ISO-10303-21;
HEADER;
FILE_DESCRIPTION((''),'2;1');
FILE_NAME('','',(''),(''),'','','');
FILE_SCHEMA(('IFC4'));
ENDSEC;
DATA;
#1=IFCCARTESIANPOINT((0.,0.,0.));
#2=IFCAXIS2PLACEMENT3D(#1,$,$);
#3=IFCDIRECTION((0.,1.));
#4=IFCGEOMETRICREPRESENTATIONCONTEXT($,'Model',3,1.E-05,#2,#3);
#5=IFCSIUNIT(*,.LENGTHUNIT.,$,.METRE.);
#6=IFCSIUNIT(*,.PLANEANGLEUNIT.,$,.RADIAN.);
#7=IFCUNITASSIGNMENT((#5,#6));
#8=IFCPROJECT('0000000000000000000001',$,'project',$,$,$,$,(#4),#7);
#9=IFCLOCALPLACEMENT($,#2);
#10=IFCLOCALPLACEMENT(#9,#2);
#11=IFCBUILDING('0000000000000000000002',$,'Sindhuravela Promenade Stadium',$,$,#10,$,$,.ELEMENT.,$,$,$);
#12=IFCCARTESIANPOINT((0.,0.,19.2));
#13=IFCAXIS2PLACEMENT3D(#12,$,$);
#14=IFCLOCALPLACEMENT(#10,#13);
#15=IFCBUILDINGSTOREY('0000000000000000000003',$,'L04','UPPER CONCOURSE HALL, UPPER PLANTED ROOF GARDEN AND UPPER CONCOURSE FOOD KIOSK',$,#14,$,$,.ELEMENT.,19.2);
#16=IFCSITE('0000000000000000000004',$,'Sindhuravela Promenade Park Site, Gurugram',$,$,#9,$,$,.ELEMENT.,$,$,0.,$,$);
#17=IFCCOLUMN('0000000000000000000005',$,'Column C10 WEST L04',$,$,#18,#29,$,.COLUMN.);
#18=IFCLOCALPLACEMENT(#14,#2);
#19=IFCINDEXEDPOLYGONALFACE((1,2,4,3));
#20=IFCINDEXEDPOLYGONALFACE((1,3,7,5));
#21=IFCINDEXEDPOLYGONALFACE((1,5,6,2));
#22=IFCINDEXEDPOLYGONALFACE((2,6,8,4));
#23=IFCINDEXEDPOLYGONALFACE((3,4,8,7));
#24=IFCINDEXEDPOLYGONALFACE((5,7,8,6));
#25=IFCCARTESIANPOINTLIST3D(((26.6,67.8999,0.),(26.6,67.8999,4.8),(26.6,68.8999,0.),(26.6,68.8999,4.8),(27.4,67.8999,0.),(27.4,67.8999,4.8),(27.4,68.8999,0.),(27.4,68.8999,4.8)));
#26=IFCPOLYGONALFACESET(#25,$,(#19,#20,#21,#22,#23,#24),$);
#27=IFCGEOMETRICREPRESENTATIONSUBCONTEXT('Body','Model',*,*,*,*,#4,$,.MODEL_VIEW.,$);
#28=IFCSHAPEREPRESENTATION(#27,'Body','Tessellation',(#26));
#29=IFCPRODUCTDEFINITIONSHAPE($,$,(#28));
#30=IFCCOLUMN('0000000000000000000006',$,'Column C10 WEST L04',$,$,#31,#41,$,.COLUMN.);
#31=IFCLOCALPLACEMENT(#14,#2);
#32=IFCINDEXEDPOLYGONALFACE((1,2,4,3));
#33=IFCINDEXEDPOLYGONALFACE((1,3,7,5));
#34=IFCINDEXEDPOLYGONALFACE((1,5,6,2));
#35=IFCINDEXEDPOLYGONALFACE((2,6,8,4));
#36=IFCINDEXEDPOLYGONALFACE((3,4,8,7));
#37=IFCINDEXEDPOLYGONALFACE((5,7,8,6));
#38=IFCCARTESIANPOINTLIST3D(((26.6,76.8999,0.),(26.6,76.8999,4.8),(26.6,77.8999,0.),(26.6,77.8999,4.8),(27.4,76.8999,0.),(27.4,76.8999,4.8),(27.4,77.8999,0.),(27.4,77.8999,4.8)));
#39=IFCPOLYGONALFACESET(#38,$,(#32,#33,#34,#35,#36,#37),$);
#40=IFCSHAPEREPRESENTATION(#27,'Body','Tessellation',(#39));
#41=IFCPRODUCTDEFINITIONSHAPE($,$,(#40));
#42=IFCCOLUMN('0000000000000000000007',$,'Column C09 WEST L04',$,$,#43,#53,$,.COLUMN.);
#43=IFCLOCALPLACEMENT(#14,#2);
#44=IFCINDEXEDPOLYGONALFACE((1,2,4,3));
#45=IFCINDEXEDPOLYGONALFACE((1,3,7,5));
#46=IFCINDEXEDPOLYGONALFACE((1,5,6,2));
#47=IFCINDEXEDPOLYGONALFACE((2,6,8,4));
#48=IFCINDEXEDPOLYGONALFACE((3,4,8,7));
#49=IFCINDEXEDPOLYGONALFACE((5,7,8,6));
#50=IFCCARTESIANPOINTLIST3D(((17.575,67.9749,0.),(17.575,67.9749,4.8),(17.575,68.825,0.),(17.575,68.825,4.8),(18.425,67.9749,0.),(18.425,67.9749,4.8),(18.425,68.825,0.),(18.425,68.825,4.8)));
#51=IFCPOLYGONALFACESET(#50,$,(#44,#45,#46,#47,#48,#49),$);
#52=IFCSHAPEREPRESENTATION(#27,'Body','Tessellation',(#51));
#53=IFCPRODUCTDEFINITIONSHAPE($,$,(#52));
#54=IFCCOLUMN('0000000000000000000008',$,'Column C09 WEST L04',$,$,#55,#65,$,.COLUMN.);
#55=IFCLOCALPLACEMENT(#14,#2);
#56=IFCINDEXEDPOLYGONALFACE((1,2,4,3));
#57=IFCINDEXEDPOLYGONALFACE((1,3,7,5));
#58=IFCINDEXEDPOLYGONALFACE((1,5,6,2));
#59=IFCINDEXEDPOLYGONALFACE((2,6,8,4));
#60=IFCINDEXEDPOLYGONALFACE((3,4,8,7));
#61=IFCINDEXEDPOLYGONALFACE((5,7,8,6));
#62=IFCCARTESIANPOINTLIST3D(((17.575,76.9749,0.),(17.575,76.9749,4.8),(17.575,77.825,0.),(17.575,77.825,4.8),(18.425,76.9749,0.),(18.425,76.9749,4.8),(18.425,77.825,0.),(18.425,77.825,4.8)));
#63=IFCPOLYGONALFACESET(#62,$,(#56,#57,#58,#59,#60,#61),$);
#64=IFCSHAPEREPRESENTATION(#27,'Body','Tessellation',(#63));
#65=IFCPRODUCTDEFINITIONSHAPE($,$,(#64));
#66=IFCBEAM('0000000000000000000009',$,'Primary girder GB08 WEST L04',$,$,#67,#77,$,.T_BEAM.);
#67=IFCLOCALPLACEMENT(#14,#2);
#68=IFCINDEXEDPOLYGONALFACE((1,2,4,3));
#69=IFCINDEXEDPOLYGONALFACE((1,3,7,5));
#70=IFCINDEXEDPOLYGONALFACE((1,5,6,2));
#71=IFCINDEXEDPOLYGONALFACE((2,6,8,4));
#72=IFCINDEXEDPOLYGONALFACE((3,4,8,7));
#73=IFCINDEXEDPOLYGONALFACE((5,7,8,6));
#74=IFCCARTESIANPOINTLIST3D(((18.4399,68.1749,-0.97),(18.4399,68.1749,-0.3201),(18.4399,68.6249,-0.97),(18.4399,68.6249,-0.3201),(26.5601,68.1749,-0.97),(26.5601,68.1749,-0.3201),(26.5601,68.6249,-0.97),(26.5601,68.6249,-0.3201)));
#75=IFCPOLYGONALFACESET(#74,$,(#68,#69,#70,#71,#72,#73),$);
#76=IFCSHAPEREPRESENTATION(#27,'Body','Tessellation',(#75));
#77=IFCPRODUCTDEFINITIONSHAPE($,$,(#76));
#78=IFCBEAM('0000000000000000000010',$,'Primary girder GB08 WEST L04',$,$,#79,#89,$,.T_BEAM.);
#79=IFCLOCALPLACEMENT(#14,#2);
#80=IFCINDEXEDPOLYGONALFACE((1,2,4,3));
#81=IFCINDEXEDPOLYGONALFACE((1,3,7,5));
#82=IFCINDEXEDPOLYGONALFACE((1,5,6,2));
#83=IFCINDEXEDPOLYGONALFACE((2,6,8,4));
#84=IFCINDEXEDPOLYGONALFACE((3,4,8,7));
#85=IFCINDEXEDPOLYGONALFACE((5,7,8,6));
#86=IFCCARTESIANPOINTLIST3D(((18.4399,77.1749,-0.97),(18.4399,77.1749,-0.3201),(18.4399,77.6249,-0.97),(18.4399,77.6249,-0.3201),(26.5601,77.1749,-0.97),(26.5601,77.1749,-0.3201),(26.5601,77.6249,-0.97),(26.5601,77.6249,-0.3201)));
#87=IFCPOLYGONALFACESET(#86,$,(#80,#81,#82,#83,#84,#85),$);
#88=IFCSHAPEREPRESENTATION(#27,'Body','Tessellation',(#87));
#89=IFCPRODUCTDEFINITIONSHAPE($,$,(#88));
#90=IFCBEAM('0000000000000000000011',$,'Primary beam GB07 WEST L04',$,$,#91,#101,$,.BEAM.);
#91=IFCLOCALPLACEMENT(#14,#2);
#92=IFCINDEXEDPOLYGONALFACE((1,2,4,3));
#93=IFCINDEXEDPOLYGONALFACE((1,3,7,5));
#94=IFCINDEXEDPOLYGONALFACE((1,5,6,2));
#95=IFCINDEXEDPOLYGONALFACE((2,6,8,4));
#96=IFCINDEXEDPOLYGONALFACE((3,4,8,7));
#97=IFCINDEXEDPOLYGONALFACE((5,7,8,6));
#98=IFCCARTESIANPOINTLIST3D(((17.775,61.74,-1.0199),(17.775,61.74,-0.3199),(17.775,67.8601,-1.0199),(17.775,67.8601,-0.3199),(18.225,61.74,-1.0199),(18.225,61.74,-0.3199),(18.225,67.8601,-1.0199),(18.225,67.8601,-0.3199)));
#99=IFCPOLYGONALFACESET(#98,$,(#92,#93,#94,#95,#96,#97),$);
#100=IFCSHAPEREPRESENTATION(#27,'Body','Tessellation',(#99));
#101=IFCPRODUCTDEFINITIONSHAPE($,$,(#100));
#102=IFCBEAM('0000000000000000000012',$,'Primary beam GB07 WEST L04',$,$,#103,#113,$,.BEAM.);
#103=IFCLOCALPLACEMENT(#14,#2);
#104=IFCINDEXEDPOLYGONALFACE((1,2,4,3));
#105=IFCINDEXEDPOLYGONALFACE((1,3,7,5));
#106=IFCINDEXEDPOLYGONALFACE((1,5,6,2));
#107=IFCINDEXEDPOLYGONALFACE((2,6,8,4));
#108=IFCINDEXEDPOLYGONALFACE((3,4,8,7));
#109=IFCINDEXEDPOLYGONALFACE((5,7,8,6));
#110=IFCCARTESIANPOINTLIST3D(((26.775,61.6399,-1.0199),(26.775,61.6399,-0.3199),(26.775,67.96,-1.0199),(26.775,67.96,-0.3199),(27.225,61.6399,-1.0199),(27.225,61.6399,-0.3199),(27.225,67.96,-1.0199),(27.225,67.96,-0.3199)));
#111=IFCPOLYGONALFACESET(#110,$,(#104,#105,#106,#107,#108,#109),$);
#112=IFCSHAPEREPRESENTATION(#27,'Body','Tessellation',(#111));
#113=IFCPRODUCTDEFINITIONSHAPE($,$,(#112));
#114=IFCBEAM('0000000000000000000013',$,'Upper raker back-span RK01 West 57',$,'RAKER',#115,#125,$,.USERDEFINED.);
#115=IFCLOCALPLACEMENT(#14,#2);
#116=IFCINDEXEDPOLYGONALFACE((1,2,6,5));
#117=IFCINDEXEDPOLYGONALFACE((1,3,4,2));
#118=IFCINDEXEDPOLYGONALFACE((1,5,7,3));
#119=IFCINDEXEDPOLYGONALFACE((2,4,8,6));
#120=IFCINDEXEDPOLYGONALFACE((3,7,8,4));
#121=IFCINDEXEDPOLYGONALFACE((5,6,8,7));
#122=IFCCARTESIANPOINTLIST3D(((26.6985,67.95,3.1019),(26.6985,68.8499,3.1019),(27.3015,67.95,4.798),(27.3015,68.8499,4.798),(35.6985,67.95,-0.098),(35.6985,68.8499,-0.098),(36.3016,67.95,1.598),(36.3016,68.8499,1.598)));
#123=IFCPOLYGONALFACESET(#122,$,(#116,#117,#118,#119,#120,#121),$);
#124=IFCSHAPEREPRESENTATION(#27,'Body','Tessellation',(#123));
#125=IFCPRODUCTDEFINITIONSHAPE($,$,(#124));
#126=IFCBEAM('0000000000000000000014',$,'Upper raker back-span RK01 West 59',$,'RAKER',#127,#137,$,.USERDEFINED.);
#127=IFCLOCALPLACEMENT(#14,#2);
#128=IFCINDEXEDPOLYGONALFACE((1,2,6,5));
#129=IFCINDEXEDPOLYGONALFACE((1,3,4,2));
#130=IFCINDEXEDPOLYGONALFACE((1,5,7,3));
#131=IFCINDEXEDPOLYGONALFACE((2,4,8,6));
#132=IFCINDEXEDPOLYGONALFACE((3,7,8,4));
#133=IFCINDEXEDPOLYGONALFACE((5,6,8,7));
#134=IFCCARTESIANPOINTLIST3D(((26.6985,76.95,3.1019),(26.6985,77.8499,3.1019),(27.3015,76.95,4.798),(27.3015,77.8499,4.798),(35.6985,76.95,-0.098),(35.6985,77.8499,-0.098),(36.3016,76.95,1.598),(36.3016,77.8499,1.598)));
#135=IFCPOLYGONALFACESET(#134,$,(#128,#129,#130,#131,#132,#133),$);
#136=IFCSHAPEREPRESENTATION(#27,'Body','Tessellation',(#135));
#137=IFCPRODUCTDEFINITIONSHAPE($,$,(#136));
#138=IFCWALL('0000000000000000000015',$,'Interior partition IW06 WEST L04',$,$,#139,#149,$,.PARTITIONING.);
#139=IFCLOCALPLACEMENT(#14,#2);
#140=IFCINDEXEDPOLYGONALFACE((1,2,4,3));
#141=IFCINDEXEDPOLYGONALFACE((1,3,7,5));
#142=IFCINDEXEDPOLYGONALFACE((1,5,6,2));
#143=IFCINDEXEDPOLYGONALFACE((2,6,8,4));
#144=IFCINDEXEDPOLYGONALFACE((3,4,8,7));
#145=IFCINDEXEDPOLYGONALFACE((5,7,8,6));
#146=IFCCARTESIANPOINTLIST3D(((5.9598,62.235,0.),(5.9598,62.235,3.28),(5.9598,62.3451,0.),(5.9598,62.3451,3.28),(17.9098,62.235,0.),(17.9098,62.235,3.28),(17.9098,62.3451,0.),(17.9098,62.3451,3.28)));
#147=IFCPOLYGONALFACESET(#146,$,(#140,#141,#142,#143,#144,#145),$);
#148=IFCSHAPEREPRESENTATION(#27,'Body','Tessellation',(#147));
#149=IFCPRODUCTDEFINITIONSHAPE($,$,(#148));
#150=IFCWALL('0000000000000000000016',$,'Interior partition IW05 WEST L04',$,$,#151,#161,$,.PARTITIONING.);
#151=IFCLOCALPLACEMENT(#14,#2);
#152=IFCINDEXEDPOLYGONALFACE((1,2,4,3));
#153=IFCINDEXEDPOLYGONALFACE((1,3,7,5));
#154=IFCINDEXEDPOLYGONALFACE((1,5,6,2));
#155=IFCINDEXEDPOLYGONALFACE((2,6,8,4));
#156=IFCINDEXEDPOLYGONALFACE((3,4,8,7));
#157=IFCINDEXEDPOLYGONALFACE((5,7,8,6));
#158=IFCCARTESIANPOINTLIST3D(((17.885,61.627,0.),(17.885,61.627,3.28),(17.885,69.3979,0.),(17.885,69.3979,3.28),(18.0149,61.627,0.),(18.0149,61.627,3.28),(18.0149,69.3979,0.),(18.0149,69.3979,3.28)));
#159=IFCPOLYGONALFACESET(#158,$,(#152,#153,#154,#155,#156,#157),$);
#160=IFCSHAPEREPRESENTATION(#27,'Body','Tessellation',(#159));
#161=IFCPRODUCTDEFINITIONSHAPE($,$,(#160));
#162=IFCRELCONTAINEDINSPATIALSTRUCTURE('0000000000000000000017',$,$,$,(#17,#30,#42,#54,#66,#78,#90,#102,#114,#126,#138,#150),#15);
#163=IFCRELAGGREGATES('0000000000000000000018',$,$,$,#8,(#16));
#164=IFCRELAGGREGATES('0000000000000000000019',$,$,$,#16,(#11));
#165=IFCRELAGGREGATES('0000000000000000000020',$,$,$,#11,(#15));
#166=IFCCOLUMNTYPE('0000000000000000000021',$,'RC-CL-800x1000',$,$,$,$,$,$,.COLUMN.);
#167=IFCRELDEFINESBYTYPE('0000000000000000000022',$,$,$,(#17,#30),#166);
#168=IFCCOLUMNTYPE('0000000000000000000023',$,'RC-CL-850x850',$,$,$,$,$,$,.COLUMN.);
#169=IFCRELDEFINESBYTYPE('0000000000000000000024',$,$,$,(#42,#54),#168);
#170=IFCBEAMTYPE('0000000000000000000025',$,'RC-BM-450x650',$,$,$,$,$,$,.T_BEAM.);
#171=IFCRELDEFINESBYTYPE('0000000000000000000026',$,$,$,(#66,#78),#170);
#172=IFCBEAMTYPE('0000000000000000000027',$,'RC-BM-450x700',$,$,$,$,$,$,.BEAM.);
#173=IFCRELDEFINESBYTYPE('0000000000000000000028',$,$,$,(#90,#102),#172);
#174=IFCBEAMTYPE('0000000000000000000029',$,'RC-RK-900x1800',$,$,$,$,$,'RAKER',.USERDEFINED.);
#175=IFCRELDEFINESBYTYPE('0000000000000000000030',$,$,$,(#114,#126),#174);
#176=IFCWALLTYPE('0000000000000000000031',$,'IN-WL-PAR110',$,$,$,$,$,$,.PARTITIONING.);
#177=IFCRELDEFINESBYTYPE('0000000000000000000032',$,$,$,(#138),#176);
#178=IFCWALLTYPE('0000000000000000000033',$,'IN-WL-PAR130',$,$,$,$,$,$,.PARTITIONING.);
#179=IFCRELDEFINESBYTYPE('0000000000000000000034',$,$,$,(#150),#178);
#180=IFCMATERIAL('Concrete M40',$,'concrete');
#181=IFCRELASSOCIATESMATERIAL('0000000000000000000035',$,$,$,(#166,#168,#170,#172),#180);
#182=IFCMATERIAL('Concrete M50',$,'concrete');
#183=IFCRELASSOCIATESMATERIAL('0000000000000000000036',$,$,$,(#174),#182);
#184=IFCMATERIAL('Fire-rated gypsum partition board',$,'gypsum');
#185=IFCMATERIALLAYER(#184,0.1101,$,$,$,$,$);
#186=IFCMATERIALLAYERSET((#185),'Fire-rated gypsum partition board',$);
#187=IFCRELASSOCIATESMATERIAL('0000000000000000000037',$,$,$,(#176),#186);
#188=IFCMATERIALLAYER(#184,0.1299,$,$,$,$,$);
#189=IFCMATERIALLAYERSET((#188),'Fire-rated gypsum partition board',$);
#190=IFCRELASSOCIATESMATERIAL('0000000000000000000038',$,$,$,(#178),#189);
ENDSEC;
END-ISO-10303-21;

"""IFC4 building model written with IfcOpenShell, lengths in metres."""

from ifc_helpers import new_model, si_unit, direction, frame, frame_2d, origin, origin_2d, place, context, subcontext, project, spatial, rectangle, extrude, material, layer, layer_set, material_profile, profile_set, type_object, element, save


model = new_model("IFC4")

# Units and contexts
model_context = context("Model", 3, precision=1e-05, world=origin(), true_north=direction((0.0, 1.0)))
body_context = subcontext(model_context, "Body", "Model", "MODEL_VIEW")
ifc_project = project(units=[si_unit("LENGTHUNIT", "METRE"), si_unit("PLANEANGLEUNIT", "RADIAN")], contexts=[model_context])

# Site, building, storey
site_placement = place(None, origin())
site = spatial("IfcSite", under=ifc_project, at=site_placement, Name="Sindhuravela Promenade Park Site, Gurugram", CompositionType="ELEMENT", RefElevation=0.0)
building_placement = place(site_placement, origin())
building = spatial("IfcBuilding", under=site, at=building_placement, Name="Sindhuravela Promenade Stadium", CompositionType="ELEMENT")
storey_placement = place(building_placement, frame((0.0, 0.0, 19.2)))
storey = spatial("IfcBuildingStorey", under=building, at=storey_placement, Name="L04", Description="UPPER CONCOURSE HALL, UPPER PLANTED ROOF GARDEN AND UPPER CONCOURSE FOOD KIOSK", CompositionType="ELEMENT", Elevation=19.2)

# Columns
ifc_material_1 = material(Name="Concrete M40", Category="concrete")
ifc_material_profile_1 = material_profile(ifc_material_1, rectangle(XDim=0.8, YDim=1.0, at=origin_2d()), Name="RC 800x1000")
ifc_profile_set_1 = profile_set([ifc_material_profile_1], Name="Concrete M40")
column_type_1 = type_object("IfcColumnType", Name="RC-CL-800x1000", PredefinedType="COLUMN", material=ifc_profile_set_1)
for number, where, z_axis, x_axis, name in (
    (1, (27.0, 68.3999, 0.0), (0.0, 0.0, 1.0), (1.0, 0.0, 0.0), "Column C10 WEST L04"),
    (2, (27.0, 77.3999, 0.0), (0.0, 0.0, 1.0), (1.0, 0.0, 0.0), "Column C10 WEST L04"),
):
    element("IfcColumn", number, at=place(storey_placement, frame(where, z_axis=z_axis, x_axis=x_axis)), inside=storey, type_object=column_type_1, Name=name, PredefinedType="COLUMN", context=body_context, shape_type="SweptSolid", body=[
        extrude(rectangle(XDim=0.8, YDim=1.0, at=origin_2d()), origin(), (0.0, 0.0, 1.0), 4.8),
    ])
ifc_material_profile_2 = material_profile(ifc_material_1, rectangle(XDim=0.8501, YDim=0.8501, at=origin_2d()), Name="RC 850x850")
ifc_profile_set_2 = profile_set([ifc_material_profile_2], Name="Concrete M40")
column_type_2 = type_object("IfcColumnType", Name="RC-CL-850x850", PredefinedType="COLUMN", material=ifc_profile_set_2)
for number, where, z_axis, x_axis, name in (
    (3, (18.0, 68.3999, 0.0), (0.0, 0.0, 1.0), (1.0, 0.0, 0.0), "Column C09 WEST L04"),
    (4, (18.0, 77.3999, 0.0), (0.0, 0.0, 1.0), (1.0, 0.0, 0.0), "Column C09 WEST L04"),
):
    element("IfcColumn", number, at=place(storey_placement, frame(where, z_axis=z_axis, x_axis=x_axis)), inside=storey, type_object=column_type_2, Name=name, PredefinedType="COLUMN", context=body_context, shape_type="SweptSolid", body=[
        extrude(rectangle(XDim=0.8501, YDim=0.8501, at=origin_2d()), origin(), (0.0, 0.0, 1.0), 4.8),
    ])

# Beams
ifc_material_profile_3 = material_profile(ifc_material_1, rectangle(XDim=0.45, YDim=0.6499, at=origin_2d()), Name="RC 450x650")
ifc_profile_set_3 = profile_set([ifc_material_profile_3], Name="Concrete M40")
beam_type_1 = type_object("IfcBeamType", Name="RC-BM-450x650", PredefinedType="T_BEAM", material=ifc_profile_set_3)
for number, where, z_axis, x_axis, name in (
    (5, (18.4399, 68.3999, -0.645), (1.0, 0.0, 0.0), (0.0, 1.0, 0.0), "Primary girder GB08 WEST L04"),
    (6, (18.4399, 77.3999, -0.645), (1.0, 0.0, 0.0), (0.0, 1.0, 0.0), "Primary girder GB08 WEST L04"),
):
    element("IfcBeam", number, at=place(storey_placement, frame(where, z_axis=z_axis, x_axis=x_axis)), inside=storey, type_object=beam_type_1, Name=name, PredefinedType="T_BEAM", context=body_context, shape_type="SweptSolid", body=[
        extrude(rectangle(XDim=0.45, YDim=0.6499, at=origin_2d()), origin(), (0.0, 0.0, 1.0), 8.1201),
    ])
ifc_material_profile_4 = material_profile(ifc_material_1, rectangle(XDim=0.45, YDim=0.7, at=origin_2d()), Name="RC 450x700")
ifc_profile_set_4 = profile_set([ifc_material_profile_4], Name="Concrete M40")
beam_type_2 = type_object("IfcBeamType", Name="RC-BM-450x700", PredefinedType="BEAM", material=ifc_profile_set_4)
beam_1_placement = place(storey_placement, frame((18.0, 61.74, -0.6699), z_axis=(0.0, 1.0, 0.0), x_axis=(-1.0, 0.0, 0.0)))
element("IfcBeam", 7, at=beam_1_placement, inside=storey, type_object=beam_type_2, Name="Primary beam GB07 WEST L04", PredefinedType="BEAM", context=body_context, shape_type="SweptSolid", body=[
    extrude(rectangle(XDim=0.45, YDim=0.7, at=origin_2d()), origin(), (0.0, 0.0, 1.0), 6.1201),
])
beam_2_placement = place(storey_placement, frame((27.0, 61.6399, -0.6699), z_axis=(0.0, 1.0, 0.0), x_axis=(-1.0, 0.0, 0.0)))
element("IfcBeam", 8, at=beam_2_placement, inside=storey, type_object=beam_type_2, Name="Primary beam GB07 WEST L04", PredefinedType="BEAM", context=body_context, shape_type="SweptSolid", body=[
    extrude(rectangle(XDim=0.45, YDim=0.7, at=origin_2d()), origin(), (0.0, 0.0, 1.0), 6.3201),
])
ifc_material_2 = material(Name="Concrete M50", Category="concrete")
ifc_material_profile_5 = material_profile(ifc_material_2, rectangle(XDim=0.8999, YDim=1.8, at=origin_2d()), Name="RC 900x1800")
ifc_profile_set_5 = profile_set([ifc_material_profile_5], Name="Concrete M50")
beam_type_3 = type_object("IfcBeamType", Name="RC-RK-900x1800", ElementType="RAKER", PredefinedType="USERDEFINED", material=ifc_profile_set_5)
for number, where, z_axis, x_axis, name in (
    (9, (27.0, 68.3999, 3.95), (0.942216, 0.0, -0.335005), (0.0, 1.0, 0.0), "Upper raker back-span RK01 West 57"),
    (10, (27.0, 77.3999, 3.95), (0.942216, 0.0, -0.335005), (0.0, 1.0, 0.0), "Upper raker back-span RK01 West 59"),
):
    element("IfcBeam", number, at=place(storey_placement, frame(where, z_axis=z_axis, x_axis=x_axis)), inside=storey, type_object=beam_type_3, Name=name, ObjectType="RAKER", PredefinedType="USERDEFINED", context=body_context, shape_type="SweptSolid", body=[
        extrude(rectangle(XDim=0.8999, YDim=1.8, at=origin_2d()), origin(), (0.0, 0.0, 1.0), 9.552),
    ])

# Walls
ifc_material_3 = material(Name="Fire-rated gypsum partition board", Category="gypsum")
ifc_layer_1 = layer(ifc_material_3, 0.1101)
ifc_layer_set_1 = layer_set([ifc_layer_1], Name="Fire-rated gypsum partition board")
wall_type_1 = type_object("IfcWallType", Name="IN-WL-PAR110", PredefinedType="PARTITIONING", material=ifc_layer_set_1)
wall_1_placement = place(storey_placement, frame((17.9099, 62.29, 0.0), z_axis=(0.0, 0.0, 1.0), x_axis=(-1.0, 0.0, 0.0)))
element("IfcWall", 11, at=wall_1_placement, inside=storey, type_object=wall_type_1, Name="Interior partition IW06 WEST L04", PredefinedType="PARTITIONING", context=body_context, shape_type="SweptSolid", body=[
    extrude(rectangle(XDim=11.95, YDim=0.1101, at=frame_2d((5.9751, 0.0))), origin(), (0.0, 0.0, 1.0), 3.28),
])
ifc_layer_2 = layer(ifc_material_3, 0.1299)
ifc_layer_set_2 = layer_set([ifc_layer_2], Name="Fire-rated gypsum partition board")
wall_type_2 = type_object("IfcWallType", Name="IN-WL-PAR130", PredefinedType="PARTITIONING", material=ifc_layer_set_2)
wall_2_placement = place(storey_placement, frame((17.95, 69.3979, 0.0), z_axis=(0.0, 0.0, 1.0), x_axis=(0.0, -1.0, 0.0)))
element("IfcWall", 12, at=wall_2_placement, inside=storey, type_object=wall_type_2, Name="Interior partition IW05 WEST L04", PredefinedType="PARTITIONING", context=body_context, shape_type="SweptSolid", body=[
    extrude(rectangle(XDim=7.771, YDim=0.1299, at=frame_2d((3.8855, 0.0))), origin(), (0.0, 0.0, 1.0), 3.28),
])

save(model, "model.ifc")
